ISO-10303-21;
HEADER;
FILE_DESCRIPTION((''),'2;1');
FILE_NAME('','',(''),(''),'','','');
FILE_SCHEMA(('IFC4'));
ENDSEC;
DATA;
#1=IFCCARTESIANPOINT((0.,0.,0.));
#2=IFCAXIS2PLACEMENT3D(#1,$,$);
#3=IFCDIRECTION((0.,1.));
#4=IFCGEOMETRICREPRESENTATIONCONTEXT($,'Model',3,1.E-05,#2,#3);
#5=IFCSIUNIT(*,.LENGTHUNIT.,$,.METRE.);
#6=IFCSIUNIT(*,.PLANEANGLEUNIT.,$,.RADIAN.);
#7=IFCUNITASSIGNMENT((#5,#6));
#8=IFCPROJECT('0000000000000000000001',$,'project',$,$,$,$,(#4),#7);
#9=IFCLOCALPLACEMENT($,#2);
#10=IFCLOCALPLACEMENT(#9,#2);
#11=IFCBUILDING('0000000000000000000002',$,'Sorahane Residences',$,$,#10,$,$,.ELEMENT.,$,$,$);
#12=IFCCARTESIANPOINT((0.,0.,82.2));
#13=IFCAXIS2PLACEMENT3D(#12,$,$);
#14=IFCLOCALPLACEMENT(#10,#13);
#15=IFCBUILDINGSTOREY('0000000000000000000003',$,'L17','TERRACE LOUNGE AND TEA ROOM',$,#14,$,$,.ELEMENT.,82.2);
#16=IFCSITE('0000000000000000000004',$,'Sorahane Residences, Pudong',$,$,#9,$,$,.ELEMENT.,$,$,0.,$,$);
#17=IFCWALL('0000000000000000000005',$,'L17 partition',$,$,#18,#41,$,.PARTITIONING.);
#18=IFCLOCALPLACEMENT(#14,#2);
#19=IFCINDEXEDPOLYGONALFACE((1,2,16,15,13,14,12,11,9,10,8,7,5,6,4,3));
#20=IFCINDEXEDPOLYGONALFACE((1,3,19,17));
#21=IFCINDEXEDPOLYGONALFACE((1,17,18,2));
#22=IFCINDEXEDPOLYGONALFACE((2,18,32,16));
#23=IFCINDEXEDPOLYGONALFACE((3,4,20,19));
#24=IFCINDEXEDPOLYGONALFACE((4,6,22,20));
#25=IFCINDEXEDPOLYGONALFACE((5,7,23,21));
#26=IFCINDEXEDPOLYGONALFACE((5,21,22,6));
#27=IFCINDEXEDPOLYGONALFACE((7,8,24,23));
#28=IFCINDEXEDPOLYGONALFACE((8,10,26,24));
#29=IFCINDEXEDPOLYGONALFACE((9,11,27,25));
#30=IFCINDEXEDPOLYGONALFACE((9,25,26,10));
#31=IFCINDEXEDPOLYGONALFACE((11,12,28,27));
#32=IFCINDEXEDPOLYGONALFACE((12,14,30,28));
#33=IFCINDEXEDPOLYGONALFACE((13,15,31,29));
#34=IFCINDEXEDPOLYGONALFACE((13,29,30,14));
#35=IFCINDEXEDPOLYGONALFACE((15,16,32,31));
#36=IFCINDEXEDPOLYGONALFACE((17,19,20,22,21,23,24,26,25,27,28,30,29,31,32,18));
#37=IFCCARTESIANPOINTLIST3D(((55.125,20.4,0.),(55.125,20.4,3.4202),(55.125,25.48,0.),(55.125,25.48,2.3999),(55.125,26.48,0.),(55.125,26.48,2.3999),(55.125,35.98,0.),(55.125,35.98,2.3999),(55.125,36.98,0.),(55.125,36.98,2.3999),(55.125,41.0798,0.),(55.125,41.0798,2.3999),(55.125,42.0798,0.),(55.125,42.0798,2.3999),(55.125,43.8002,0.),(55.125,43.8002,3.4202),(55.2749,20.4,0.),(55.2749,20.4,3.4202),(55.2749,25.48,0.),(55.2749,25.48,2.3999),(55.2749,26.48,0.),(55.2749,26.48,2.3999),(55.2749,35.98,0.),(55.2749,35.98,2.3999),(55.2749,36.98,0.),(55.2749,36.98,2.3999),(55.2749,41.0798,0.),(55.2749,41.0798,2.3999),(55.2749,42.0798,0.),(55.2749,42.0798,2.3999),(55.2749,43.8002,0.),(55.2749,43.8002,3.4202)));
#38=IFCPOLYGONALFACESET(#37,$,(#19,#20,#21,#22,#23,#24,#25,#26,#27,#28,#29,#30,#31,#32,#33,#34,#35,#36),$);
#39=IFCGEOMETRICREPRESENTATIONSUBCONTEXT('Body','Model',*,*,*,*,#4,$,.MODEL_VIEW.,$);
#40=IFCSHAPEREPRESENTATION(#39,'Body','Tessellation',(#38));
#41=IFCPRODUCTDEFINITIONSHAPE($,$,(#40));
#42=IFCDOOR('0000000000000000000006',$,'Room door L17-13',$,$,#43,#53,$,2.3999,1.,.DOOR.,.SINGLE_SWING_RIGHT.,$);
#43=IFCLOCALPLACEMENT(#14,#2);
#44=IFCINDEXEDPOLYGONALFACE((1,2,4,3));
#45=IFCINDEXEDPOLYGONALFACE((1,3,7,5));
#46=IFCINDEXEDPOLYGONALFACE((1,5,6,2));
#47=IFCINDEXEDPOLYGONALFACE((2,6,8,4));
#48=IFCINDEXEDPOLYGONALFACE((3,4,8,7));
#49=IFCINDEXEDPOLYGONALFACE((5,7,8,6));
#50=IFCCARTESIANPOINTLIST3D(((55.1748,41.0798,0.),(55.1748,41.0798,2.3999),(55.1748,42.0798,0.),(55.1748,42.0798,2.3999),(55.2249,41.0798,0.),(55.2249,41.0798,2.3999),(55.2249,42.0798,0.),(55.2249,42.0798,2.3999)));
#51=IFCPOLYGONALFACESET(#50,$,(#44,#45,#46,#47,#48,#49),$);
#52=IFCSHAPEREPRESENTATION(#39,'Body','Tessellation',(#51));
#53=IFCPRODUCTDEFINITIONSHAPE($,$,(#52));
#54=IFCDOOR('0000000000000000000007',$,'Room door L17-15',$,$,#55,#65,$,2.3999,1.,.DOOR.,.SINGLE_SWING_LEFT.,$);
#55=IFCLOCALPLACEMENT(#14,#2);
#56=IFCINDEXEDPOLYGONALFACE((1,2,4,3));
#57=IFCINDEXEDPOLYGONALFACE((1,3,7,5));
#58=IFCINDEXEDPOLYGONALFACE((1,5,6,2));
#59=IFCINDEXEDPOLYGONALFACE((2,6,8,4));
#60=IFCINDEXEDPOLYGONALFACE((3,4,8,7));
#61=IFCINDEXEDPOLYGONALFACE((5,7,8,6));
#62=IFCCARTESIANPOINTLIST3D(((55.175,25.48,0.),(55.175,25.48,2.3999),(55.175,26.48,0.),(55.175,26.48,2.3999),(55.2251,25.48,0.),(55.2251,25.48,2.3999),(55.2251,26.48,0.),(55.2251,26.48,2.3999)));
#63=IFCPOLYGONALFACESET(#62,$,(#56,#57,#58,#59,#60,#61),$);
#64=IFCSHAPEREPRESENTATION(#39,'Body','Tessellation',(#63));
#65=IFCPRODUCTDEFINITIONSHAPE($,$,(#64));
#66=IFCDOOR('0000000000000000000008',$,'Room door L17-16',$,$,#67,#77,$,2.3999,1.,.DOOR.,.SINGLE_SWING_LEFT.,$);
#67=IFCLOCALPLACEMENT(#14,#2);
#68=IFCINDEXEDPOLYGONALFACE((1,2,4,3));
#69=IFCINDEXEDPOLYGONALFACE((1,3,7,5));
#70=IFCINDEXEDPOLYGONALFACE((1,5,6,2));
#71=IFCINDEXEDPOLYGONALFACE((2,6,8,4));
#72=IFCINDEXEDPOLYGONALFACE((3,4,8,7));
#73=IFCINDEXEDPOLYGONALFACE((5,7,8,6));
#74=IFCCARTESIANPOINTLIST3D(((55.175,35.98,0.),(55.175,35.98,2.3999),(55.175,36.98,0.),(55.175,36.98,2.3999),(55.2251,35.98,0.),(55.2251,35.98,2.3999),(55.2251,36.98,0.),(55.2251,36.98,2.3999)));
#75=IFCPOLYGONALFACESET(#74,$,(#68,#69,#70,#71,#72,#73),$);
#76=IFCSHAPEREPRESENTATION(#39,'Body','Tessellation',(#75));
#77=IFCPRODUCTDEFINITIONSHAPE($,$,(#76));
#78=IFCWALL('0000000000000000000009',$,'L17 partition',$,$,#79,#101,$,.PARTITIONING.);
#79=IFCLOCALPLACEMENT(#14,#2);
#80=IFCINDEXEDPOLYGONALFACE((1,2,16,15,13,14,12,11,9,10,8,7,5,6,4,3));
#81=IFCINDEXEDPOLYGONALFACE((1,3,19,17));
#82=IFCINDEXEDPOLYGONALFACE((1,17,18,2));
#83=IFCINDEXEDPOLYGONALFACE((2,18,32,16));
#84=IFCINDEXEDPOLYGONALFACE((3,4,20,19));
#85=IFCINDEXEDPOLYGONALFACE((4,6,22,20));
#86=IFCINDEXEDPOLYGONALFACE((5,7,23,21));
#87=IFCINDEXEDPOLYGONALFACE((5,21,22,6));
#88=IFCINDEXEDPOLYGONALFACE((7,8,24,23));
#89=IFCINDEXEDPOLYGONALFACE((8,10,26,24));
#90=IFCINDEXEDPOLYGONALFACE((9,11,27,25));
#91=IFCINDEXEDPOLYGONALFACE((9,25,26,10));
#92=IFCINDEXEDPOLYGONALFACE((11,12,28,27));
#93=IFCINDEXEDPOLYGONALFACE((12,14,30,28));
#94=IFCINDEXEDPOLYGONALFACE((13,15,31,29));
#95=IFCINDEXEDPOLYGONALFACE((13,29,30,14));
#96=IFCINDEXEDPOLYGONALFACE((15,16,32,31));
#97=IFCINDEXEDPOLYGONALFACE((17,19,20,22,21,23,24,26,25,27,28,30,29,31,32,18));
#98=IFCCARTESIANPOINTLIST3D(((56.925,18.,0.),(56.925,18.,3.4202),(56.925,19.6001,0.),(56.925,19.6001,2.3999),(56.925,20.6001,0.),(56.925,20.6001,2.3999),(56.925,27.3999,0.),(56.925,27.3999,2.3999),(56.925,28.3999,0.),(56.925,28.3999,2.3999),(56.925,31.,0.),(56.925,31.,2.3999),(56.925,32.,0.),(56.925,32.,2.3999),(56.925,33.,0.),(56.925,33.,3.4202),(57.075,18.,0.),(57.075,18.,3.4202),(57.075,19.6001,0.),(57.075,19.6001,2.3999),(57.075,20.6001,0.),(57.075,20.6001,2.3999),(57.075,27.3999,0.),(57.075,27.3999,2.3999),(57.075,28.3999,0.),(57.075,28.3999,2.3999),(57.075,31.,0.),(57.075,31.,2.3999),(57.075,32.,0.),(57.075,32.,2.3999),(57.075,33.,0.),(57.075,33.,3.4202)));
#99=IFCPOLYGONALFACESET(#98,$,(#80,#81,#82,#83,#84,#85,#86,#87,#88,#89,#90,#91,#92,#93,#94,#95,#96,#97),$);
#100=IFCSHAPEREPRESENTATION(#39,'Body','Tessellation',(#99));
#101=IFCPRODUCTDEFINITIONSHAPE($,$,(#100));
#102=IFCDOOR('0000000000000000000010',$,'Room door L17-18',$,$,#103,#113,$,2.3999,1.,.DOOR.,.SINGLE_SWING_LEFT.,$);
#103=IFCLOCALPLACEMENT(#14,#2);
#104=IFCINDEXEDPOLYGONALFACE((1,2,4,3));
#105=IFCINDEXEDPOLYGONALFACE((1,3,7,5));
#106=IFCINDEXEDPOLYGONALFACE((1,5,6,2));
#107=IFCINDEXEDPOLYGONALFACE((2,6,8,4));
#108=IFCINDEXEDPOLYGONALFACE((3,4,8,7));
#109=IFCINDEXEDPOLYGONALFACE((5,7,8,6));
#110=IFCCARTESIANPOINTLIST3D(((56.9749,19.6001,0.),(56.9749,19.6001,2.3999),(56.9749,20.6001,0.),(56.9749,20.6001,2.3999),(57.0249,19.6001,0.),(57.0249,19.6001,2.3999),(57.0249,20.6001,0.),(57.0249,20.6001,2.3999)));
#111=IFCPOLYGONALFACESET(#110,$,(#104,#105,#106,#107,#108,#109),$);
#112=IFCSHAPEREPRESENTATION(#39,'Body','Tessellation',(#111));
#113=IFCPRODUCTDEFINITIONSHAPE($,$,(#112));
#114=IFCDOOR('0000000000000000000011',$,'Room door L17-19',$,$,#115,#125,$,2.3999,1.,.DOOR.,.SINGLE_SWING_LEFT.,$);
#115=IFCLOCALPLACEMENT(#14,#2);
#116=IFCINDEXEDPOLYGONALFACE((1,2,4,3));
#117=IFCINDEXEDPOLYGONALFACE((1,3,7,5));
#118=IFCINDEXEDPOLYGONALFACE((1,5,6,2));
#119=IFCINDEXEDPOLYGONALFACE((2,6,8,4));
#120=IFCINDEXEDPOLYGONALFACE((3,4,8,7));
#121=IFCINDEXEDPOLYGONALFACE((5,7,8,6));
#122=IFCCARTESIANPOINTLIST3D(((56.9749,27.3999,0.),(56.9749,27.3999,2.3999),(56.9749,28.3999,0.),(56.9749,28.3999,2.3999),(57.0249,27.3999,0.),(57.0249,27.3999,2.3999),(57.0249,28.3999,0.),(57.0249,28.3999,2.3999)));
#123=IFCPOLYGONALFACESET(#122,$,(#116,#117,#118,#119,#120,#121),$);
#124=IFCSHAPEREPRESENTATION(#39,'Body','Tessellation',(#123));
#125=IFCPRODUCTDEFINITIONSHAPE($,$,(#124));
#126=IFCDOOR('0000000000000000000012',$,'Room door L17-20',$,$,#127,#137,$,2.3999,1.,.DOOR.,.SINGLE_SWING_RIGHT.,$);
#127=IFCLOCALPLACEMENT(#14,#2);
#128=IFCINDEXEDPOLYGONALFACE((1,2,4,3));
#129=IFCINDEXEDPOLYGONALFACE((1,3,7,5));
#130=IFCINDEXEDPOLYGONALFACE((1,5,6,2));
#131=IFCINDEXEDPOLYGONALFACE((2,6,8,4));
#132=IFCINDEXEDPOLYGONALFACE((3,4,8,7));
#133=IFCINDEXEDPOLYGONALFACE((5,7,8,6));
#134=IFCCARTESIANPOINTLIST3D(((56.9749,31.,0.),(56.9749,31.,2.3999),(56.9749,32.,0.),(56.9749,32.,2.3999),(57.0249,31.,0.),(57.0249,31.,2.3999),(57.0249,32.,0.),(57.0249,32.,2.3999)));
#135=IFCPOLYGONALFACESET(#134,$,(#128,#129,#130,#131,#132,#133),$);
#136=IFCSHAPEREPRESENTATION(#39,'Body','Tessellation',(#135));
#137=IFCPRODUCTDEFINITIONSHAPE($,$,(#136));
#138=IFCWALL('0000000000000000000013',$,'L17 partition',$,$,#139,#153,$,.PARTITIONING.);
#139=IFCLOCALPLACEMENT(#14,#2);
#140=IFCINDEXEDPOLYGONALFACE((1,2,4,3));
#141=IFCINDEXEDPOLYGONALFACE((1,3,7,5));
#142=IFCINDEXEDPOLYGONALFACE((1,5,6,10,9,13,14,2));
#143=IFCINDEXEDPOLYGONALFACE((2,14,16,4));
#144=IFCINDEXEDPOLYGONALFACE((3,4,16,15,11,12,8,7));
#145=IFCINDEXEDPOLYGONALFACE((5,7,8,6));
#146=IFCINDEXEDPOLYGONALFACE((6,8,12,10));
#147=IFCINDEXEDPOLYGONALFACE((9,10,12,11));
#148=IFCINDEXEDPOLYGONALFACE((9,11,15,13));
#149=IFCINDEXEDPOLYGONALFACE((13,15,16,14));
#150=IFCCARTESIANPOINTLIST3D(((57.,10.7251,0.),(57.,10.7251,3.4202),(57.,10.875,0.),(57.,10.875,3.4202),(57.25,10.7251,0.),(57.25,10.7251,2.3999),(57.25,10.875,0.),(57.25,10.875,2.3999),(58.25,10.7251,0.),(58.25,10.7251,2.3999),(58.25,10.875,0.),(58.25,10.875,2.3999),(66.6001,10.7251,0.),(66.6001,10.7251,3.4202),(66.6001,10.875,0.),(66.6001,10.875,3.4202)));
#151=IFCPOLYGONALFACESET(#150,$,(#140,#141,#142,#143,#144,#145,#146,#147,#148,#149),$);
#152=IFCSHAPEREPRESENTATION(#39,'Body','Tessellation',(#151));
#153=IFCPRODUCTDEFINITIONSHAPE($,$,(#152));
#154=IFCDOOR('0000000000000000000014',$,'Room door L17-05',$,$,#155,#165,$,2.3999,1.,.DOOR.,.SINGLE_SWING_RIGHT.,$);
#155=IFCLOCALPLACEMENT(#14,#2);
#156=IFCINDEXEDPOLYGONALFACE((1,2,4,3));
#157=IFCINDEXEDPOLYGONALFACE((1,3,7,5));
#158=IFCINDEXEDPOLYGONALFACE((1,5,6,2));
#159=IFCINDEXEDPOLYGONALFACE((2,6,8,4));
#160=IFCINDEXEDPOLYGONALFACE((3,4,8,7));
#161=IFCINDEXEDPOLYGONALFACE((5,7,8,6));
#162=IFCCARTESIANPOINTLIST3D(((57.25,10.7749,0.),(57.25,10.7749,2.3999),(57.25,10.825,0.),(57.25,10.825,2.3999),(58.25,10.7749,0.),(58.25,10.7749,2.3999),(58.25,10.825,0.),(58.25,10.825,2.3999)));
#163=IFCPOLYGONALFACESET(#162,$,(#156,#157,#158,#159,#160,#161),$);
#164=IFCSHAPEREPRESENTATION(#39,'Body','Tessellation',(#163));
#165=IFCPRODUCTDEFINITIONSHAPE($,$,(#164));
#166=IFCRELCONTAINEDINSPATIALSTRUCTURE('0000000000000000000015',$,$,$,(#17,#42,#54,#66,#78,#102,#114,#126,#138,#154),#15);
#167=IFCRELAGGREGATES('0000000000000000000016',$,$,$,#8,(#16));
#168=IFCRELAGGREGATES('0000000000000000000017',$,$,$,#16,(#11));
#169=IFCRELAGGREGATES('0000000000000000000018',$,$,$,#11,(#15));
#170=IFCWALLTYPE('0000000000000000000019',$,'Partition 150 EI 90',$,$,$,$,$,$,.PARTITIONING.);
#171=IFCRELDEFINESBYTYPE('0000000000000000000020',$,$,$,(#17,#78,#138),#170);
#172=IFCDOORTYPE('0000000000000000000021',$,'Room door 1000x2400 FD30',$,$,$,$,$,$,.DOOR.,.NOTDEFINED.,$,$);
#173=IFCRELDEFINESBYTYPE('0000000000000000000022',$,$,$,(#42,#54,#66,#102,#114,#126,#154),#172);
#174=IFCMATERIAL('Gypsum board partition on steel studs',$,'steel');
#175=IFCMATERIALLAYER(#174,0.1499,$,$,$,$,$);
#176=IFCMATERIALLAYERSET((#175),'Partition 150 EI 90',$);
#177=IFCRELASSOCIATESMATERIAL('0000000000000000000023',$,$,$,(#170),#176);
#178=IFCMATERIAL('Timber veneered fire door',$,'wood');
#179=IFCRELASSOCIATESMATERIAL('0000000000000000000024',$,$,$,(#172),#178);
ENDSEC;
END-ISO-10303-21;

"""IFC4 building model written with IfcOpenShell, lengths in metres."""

from ifc_helpers import new_model, si_unit, direction, frame, frame_2d, origin, place, context, subcontext, project, spatial, rectangle, extrude, material, layer, layer_set, type_object, element, fill, save


model = new_model("IFC4")

# Units and contexts
model_context = context("Model", 3, precision=1e-05, world=origin(), true_north=direction((0.0, 1.0)))
body_context = subcontext(model_context, "Body", "Model", "MODEL_VIEW")
ifc_project = project(units=[si_unit("LENGTHUNIT", "METRE"), si_unit("PLANEANGLEUNIT", "RADIAN")], contexts=[model_context])

# Site, building, storey
site_placement = place(None, origin())
site = spatial("IfcSite", under=ifc_project, at=site_placement, Name="Sorahane Residences, Pudong", CompositionType="ELEMENT", RefElevation=0.0)
building_placement = place(site_placement, origin())
building = spatial("IfcBuilding", under=site, at=building_placement, Name="Sorahane Residences", CompositionType="ELEMENT")
storey_placement = place(building_placement, frame((0.0, 0.0, 82.2)))
storey = spatial("IfcBuildingStorey", under=building, at=storey_placement, Name="L17", Description="TERRACE LOUNGE AND TEA ROOM", CompositionType="ELEMENT", Elevation=82.2)

# Walls, openings, doors
ifc_material_1 = material(Name="Gypsum board partition on steel studs", Category="steel")
ifc_layer_1 = layer(ifc_material_1, 0.1499)
ifc_layer_set_1 = layer_set([ifc_layer_1], Name="Partition 150 EI 90")
wall_type_1 = type_object("IfcWallType", Name="Partition 150 EI 90", PredefinedType="PARTITIONING", material=ifc_layer_set_1)
wall_1_placement = place(storey_placement, frame((55.2, 20.3999, 0.0), z_axis=(0.0, 0.0, 1.0), x_axis=(0.0, 1.0, 0.0)))
wall_1 = element("IfcWall", 1, at=wall_1_placement, inside=storey, type_object=wall_type_1, Name="L17 partition", PredefinedType="PARTITIONING", context=body_context, shape_type="SweptSolid", body=[
    extrude(rectangle(XDim=23.4001, YDim=0.1499, at=frame_2d((11.7002, 0.0))), origin(), (0.0, 0.0, 1.0), 3.4202),
])
opening_1_placement = place(wall_1_placement, frame((20.6799, 0.0, 0.0)))
opening_1 = element("IfcOpeningElement", 2, at=opening_1_placement, cuts=wall_1, PredefinedType="OPENING", context=body_context, shape_type="SweptSolid", body=[
    extrude(rectangle(XDim=1.0, YDim=2.3999, at=frame_2d((0.5, 1.2))), frame((0.0, 0.085, 0.0), z_axis=(0.0, -1.0, 0.0), x_axis=(1.0, 0.0, 0.0)), (0.0, 0.0, 1.0), 0.1699),
])
opening_2_placement = place(wall_1_placement, frame((5.0801, 0.0, 0.0)))
opening_2 = element("IfcOpeningElement", 3, at=opening_2_placement, cuts=wall_1, PredefinedType="OPENING", context=body_context, shape_type="SweptSolid", body=[
    extrude(rectangle(XDim=1.0, YDim=2.3999, at=frame_2d((0.5, 1.2))), frame((0.0, 0.085, 0.0), z_axis=(0.0, -1.0, 0.0), x_axis=(1.0, 0.0, 0.0)), (0.0, 0.0, 1.0), 0.1699),
])
opening_3_placement = place(wall_1_placement, frame((15.5801, 0.0, 0.0)))
opening_3 = element("IfcOpeningElement", 4, at=opening_3_placement, cuts=wall_1, PredefinedType="OPENING", context=body_context, shape_type="SweptSolid", body=[
    extrude(rectangle(XDim=1.0, YDim=2.3999, at=frame_2d((0.5, 1.2))), frame((0.0, 0.085, 0.0), z_axis=(0.0, -1.0, 0.0), x_axis=(1.0, 0.0, 0.0)), (0.0, 0.0, 1.0), 0.1699),
])
ifc_material_2 = material(Name="Timber veneered fire door", Category="wood")
door_type = type_object("IfcDoorType", Name="Room door 1000x2400 FD30", OperationType="NOTDEFINED", PredefinedType="DOOR", material=ifc_material_2)
door_1_placement = place(opening_1_placement, frame((1.0, 0.0, 0.0), z_axis=(0.0, 0.0, 1.0), x_axis=(-1.0, 0.0, 0.0)))
door_1 = element("IfcDoor", 5, at=door_1_placement, inside=storey, type_object=door_type, Name="Room door L17-13", OperationType="SINGLE_SWING_RIGHT", OverallHeight=2.3999, OverallWidth=1.0, PredefinedType="DOOR", context=body_context, shape_type="SweptSolid", body=[
    extrude(rectangle(XDim=1.0, YDim=2.3999, at=frame_2d((0.5, 1.2))), frame((0.0, 0.0249, 0.0), z_axis=(0.0, -1.0, 0.0), x_axis=(1.0, 0.0, 0.0)), (0.0, 0.0, 1.0), 0.05),
])
fill(opening_1, door_1)
door_2_placement = place(opening_2_placement, origin())
door_2 = element("IfcDoor", 6, at=door_2_placement, inside=storey, type_object=door_type, Name="Room door L17-15", OperationType="SINGLE_SWING_LEFT", OverallHeight=2.3999, OverallWidth=1.0, PredefinedType="DOOR", context=body_context, shape_type="SweptSolid", body=[
    extrude(rectangle(XDim=1.0, YDim=2.3999, at=frame_2d((0.5, 1.2))), frame((0.0, 0.0249, 0.0), z_axis=(0.0, -1.0, 0.0), x_axis=(1.0, 0.0, 0.0)), (0.0, 0.0, 1.0), 0.05),
])
fill(opening_2, door_2)
door_3_placement = place(opening_3_placement, origin())
door_3 = element("IfcDoor", 7, at=door_3_placement, inside=storey, type_object=door_type, Name="Room door L17-16", OperationType="SINGLE_SWING_LEFT", OverallHeight=2.3999, OverallWidth=1.0, PredefinedType="DOOR", context=body_context, shape_type="SweptSolid", body=[
    extrude(rectangle(XDim=1.0, YDim=2.3999, at=frame_2d((0.5, 1.2))), frame((0.0, 0.0249, 0.0), z_axis=(0.0, -1.0, 0.0), x_axis=(1.0, 0.0, 0.0)), (0.0, 0.0, 1.0), 0.05),
])
fill(opening_3, door_3)
wall_2_placement = place(storey_placement, frame((57.0, 18.0, 0.0), z_axis=(0.0, 0.0, 1.0), x_axis=(0.0, 1.0, 0.0)))
wall_2 = element("IfcWall", 8, at=wall_2_placement, inside=storey, type_object=wall_type_1, Name="L17 partition", PredefinedType="PARTITIONING", context=body_context, shape_type="SweptSolid", body=[
    extrude(rectangle(XDim=15.0, YDim=0.1499, at=frame_2d((7.5, 0.0))), origin(), (0.0, 0.0, 1.0), 3.4202),
])
opening_4_placement = place(wall_2_placement, frame((1.6001, 0.0, 0.0)))
opening_4 = element("IfcOpeningElement", 9, at=opening_4_placement, cuts=wall_2, PredefinedType="OPENING", context=body_context, shape_type="SweptSolid", body=[
    extrude(rectangle(XDim=1.0, YDim=2.3999, at=frame_2d((0.5, 1.2))), frame((0.0, 0.085, 0.0), z_axis=(0.0, -1.0, 0.0), x_axis=(1.0, 0.0, 0.0)), (0.0, 0.0, 1.0), 0.1699),
])
opening_5_placement = place(wall_2_placement, frame((9.3999, 0.0, 0.0)))
opening_5 = element("IfcOpeningElement", 10, at=opening_5_placement, cuts=wall_2, PredefinedType="OPENING", context=body_context, shape_type="SweptSolid", body=[
    extrude(rectangle(XDim=1.0, YDim=2.3999, at=frame_2d((0.5, 1.2))), frame((0.0, 0.085, 0.0), z_axis=(0.0, -1.0, 0.0), x_axis=(1.0, 0.0, 0.0)), (0.0, 0.0, 1.0), 0.1699),
])
opening_6_placement = place(wall_2_placement, frame((13.0, 0.0, 0.0)))
opening_6 = element("IfcOpeningElement", 11, at=opening_6_placement, cuts=wall_2, PredefinedType="OPENING", context=body_context, shape_type="SweptSolid", body=[
    extrude(rectangle(XDim=1.0, YDim=2.3999, at=frame_2d((0.5, 1.2))), frame((0.0, 0.085, 0.0), z_axis=(0.0, -1.0, 0.0), x_axis=(1.0, 0.0, 0.0)), (0.0, 0.0, 1.0), 0.1699),
])
door_4_placement = place(opening_4_placement, frame((1.0, 0.0, 0.0), z_axis=(0.0, 0.0, 1.0), x_axis=(-1.0, 0.0, 0.0)))
door_4 = element("IfcDoor", 12, at=door_4_placement, inside=storey, type_object=door_type, Name="Room door L17-18", OperationType="SINGLE_SWING_LEFT", OverallHeight=2.3999, OverallWidth=1.0, PredefinedType="DOOR", context=body_context, shape_type="SweptSolid", body=[
    extrude(rectangle(XDim=1.0, YDim=2.3999, at=frame_2d((0.5, 1.2))), frame((0.0, 0.0249, 0.0), z_axis=(0.0, -1.0, 0.0), x_axis=(1.0, 0.0, 0.0)), (0.0, 0.0, 1.0), 0.05),
])
fill(opening_4, door_4)
door_5_placement = place(opening_5_placement, frame((1.0, 0.0, 0.0), z_axis=(0.0, 0.0, 1.0), x_axis=(-1.0, 0.0, 0.0)))
door_5 = element("IfcDoor", 13, at=door_5_placement, inside=storey, type_object=door_type, Name="Room door L17-19", OperationType="SINGLE_SWING_LEFT", OverallHeight=2.3999, OverallWidth=1.0, PredefinedType="DOOR", context=body_context, shape_type="SweptSolid", body=[
    extrude(rectangle(XDim=1.0, YDim=2.3999, at=frame_2d((0.5, 1.2))), frame((0.0, 0.0249, 0.0), z_axis=(0.0, -1.0, 0.0), x_axis=(1.0, 0.0, 0.0)), (0.0, 0.0, 1.0), 0.05),
])
fill(opening_5, door_5)
door_6_placement = place(opening_6_placement, frame((1.0, 0.0, 0.0), z_axis=(0.0, 0.0, 1.0), x_axis=(-1.0, 0.0, 0.0)))
door_6 = element("IfcDoor", 14, at=door_6_placement, inside=storey, type_object=door_type, Name="Room door L17-20", OperationType="SINGLE_SWING_RIGHT", OverallHeight=2.3999, OverallWidth=1.0, PredefinedType="DOOR", context=body_context, shape_type="SweptSolid", body=[
    extrude(rectangle(XDim=1.0, YDim=2.3999, at=frame_2d((0.5, 1.2))), frame((0.0, 0.0249, 0.0), z_axis=(0.0, -1.0, 0.0), x_axis=(1.0, 0.0, 0.0)), (0.0, 0.0, 1.0), 0.05),
])
fill(opening_6, door_6)

# Wall, opening, door
wall_3_placement = place(storey_placement, frame((57.0, 10.8, 0.0), z_axis=(0.0, 0.0, 1.0), x_axis=(1.0, 0.0, 0.0)))
wall_3 = element("IfcWall", 15, at=wall_3_placement, inside=storey, type_object=wall_type_1, Name="L17 partition", PredefinedType="PARTITIONING", context=body_context, shape_type="SweptSolid", body=[
    extrude(rectangle(XDim=9.6001, YDim=0.1499, at=frame_2d((4.8, 0.0))), origin(), (0.0, 0.0, 1.0), 3.4202),
])
opening_7_placement = place(wall_3_placement, frame((0.25, 0.0, 0.0)))
opening_7 = element("IfcOpeningElement", 16, at=opening_7_placement, cuts=wall_3, PredefinedType="OPENING", context=body_context, shape_type="SweptSolid", body=[
    extrude(rectangle(XDim=1.0, YDim=2.3999, at=frame_2d((0.5, 1.2))), frame((0.0, 0.085, 0.0), z_axis=(0.0, -1.0, 0.0), x_axis=(1.0, 0.0, 0.0)), (0.0, 0.0, 1.0), 0.1699),
])
door_7_placement = place(opening_7_placement, origin())
door_7 = element("IfcDoor", 17, at=door_7_placement, inside=storey, type_object=door_type, Name="Room door L17-05", OperationType="SINGLE_SWING_RIGHT", OverallHeight=2.3999, OverallWidth=1.0, PredefinedType="DOOR", context=body_context, shape_type="SweptSolid", body=[
    extrude(rectangle(XDim=1.0, YDim=2.3999, at=frame_2d((0.5, 1.2))), frame((0.0, 0.0249, 0.0), z_axis=(0.0, -1.0, 0.0), x_axis=(1.0, 0.0, 0.0)), (0.0, 0.0, 1.0), 0.05),
])
fill(opening_7, door_7)

save(model, "model.ifc")
